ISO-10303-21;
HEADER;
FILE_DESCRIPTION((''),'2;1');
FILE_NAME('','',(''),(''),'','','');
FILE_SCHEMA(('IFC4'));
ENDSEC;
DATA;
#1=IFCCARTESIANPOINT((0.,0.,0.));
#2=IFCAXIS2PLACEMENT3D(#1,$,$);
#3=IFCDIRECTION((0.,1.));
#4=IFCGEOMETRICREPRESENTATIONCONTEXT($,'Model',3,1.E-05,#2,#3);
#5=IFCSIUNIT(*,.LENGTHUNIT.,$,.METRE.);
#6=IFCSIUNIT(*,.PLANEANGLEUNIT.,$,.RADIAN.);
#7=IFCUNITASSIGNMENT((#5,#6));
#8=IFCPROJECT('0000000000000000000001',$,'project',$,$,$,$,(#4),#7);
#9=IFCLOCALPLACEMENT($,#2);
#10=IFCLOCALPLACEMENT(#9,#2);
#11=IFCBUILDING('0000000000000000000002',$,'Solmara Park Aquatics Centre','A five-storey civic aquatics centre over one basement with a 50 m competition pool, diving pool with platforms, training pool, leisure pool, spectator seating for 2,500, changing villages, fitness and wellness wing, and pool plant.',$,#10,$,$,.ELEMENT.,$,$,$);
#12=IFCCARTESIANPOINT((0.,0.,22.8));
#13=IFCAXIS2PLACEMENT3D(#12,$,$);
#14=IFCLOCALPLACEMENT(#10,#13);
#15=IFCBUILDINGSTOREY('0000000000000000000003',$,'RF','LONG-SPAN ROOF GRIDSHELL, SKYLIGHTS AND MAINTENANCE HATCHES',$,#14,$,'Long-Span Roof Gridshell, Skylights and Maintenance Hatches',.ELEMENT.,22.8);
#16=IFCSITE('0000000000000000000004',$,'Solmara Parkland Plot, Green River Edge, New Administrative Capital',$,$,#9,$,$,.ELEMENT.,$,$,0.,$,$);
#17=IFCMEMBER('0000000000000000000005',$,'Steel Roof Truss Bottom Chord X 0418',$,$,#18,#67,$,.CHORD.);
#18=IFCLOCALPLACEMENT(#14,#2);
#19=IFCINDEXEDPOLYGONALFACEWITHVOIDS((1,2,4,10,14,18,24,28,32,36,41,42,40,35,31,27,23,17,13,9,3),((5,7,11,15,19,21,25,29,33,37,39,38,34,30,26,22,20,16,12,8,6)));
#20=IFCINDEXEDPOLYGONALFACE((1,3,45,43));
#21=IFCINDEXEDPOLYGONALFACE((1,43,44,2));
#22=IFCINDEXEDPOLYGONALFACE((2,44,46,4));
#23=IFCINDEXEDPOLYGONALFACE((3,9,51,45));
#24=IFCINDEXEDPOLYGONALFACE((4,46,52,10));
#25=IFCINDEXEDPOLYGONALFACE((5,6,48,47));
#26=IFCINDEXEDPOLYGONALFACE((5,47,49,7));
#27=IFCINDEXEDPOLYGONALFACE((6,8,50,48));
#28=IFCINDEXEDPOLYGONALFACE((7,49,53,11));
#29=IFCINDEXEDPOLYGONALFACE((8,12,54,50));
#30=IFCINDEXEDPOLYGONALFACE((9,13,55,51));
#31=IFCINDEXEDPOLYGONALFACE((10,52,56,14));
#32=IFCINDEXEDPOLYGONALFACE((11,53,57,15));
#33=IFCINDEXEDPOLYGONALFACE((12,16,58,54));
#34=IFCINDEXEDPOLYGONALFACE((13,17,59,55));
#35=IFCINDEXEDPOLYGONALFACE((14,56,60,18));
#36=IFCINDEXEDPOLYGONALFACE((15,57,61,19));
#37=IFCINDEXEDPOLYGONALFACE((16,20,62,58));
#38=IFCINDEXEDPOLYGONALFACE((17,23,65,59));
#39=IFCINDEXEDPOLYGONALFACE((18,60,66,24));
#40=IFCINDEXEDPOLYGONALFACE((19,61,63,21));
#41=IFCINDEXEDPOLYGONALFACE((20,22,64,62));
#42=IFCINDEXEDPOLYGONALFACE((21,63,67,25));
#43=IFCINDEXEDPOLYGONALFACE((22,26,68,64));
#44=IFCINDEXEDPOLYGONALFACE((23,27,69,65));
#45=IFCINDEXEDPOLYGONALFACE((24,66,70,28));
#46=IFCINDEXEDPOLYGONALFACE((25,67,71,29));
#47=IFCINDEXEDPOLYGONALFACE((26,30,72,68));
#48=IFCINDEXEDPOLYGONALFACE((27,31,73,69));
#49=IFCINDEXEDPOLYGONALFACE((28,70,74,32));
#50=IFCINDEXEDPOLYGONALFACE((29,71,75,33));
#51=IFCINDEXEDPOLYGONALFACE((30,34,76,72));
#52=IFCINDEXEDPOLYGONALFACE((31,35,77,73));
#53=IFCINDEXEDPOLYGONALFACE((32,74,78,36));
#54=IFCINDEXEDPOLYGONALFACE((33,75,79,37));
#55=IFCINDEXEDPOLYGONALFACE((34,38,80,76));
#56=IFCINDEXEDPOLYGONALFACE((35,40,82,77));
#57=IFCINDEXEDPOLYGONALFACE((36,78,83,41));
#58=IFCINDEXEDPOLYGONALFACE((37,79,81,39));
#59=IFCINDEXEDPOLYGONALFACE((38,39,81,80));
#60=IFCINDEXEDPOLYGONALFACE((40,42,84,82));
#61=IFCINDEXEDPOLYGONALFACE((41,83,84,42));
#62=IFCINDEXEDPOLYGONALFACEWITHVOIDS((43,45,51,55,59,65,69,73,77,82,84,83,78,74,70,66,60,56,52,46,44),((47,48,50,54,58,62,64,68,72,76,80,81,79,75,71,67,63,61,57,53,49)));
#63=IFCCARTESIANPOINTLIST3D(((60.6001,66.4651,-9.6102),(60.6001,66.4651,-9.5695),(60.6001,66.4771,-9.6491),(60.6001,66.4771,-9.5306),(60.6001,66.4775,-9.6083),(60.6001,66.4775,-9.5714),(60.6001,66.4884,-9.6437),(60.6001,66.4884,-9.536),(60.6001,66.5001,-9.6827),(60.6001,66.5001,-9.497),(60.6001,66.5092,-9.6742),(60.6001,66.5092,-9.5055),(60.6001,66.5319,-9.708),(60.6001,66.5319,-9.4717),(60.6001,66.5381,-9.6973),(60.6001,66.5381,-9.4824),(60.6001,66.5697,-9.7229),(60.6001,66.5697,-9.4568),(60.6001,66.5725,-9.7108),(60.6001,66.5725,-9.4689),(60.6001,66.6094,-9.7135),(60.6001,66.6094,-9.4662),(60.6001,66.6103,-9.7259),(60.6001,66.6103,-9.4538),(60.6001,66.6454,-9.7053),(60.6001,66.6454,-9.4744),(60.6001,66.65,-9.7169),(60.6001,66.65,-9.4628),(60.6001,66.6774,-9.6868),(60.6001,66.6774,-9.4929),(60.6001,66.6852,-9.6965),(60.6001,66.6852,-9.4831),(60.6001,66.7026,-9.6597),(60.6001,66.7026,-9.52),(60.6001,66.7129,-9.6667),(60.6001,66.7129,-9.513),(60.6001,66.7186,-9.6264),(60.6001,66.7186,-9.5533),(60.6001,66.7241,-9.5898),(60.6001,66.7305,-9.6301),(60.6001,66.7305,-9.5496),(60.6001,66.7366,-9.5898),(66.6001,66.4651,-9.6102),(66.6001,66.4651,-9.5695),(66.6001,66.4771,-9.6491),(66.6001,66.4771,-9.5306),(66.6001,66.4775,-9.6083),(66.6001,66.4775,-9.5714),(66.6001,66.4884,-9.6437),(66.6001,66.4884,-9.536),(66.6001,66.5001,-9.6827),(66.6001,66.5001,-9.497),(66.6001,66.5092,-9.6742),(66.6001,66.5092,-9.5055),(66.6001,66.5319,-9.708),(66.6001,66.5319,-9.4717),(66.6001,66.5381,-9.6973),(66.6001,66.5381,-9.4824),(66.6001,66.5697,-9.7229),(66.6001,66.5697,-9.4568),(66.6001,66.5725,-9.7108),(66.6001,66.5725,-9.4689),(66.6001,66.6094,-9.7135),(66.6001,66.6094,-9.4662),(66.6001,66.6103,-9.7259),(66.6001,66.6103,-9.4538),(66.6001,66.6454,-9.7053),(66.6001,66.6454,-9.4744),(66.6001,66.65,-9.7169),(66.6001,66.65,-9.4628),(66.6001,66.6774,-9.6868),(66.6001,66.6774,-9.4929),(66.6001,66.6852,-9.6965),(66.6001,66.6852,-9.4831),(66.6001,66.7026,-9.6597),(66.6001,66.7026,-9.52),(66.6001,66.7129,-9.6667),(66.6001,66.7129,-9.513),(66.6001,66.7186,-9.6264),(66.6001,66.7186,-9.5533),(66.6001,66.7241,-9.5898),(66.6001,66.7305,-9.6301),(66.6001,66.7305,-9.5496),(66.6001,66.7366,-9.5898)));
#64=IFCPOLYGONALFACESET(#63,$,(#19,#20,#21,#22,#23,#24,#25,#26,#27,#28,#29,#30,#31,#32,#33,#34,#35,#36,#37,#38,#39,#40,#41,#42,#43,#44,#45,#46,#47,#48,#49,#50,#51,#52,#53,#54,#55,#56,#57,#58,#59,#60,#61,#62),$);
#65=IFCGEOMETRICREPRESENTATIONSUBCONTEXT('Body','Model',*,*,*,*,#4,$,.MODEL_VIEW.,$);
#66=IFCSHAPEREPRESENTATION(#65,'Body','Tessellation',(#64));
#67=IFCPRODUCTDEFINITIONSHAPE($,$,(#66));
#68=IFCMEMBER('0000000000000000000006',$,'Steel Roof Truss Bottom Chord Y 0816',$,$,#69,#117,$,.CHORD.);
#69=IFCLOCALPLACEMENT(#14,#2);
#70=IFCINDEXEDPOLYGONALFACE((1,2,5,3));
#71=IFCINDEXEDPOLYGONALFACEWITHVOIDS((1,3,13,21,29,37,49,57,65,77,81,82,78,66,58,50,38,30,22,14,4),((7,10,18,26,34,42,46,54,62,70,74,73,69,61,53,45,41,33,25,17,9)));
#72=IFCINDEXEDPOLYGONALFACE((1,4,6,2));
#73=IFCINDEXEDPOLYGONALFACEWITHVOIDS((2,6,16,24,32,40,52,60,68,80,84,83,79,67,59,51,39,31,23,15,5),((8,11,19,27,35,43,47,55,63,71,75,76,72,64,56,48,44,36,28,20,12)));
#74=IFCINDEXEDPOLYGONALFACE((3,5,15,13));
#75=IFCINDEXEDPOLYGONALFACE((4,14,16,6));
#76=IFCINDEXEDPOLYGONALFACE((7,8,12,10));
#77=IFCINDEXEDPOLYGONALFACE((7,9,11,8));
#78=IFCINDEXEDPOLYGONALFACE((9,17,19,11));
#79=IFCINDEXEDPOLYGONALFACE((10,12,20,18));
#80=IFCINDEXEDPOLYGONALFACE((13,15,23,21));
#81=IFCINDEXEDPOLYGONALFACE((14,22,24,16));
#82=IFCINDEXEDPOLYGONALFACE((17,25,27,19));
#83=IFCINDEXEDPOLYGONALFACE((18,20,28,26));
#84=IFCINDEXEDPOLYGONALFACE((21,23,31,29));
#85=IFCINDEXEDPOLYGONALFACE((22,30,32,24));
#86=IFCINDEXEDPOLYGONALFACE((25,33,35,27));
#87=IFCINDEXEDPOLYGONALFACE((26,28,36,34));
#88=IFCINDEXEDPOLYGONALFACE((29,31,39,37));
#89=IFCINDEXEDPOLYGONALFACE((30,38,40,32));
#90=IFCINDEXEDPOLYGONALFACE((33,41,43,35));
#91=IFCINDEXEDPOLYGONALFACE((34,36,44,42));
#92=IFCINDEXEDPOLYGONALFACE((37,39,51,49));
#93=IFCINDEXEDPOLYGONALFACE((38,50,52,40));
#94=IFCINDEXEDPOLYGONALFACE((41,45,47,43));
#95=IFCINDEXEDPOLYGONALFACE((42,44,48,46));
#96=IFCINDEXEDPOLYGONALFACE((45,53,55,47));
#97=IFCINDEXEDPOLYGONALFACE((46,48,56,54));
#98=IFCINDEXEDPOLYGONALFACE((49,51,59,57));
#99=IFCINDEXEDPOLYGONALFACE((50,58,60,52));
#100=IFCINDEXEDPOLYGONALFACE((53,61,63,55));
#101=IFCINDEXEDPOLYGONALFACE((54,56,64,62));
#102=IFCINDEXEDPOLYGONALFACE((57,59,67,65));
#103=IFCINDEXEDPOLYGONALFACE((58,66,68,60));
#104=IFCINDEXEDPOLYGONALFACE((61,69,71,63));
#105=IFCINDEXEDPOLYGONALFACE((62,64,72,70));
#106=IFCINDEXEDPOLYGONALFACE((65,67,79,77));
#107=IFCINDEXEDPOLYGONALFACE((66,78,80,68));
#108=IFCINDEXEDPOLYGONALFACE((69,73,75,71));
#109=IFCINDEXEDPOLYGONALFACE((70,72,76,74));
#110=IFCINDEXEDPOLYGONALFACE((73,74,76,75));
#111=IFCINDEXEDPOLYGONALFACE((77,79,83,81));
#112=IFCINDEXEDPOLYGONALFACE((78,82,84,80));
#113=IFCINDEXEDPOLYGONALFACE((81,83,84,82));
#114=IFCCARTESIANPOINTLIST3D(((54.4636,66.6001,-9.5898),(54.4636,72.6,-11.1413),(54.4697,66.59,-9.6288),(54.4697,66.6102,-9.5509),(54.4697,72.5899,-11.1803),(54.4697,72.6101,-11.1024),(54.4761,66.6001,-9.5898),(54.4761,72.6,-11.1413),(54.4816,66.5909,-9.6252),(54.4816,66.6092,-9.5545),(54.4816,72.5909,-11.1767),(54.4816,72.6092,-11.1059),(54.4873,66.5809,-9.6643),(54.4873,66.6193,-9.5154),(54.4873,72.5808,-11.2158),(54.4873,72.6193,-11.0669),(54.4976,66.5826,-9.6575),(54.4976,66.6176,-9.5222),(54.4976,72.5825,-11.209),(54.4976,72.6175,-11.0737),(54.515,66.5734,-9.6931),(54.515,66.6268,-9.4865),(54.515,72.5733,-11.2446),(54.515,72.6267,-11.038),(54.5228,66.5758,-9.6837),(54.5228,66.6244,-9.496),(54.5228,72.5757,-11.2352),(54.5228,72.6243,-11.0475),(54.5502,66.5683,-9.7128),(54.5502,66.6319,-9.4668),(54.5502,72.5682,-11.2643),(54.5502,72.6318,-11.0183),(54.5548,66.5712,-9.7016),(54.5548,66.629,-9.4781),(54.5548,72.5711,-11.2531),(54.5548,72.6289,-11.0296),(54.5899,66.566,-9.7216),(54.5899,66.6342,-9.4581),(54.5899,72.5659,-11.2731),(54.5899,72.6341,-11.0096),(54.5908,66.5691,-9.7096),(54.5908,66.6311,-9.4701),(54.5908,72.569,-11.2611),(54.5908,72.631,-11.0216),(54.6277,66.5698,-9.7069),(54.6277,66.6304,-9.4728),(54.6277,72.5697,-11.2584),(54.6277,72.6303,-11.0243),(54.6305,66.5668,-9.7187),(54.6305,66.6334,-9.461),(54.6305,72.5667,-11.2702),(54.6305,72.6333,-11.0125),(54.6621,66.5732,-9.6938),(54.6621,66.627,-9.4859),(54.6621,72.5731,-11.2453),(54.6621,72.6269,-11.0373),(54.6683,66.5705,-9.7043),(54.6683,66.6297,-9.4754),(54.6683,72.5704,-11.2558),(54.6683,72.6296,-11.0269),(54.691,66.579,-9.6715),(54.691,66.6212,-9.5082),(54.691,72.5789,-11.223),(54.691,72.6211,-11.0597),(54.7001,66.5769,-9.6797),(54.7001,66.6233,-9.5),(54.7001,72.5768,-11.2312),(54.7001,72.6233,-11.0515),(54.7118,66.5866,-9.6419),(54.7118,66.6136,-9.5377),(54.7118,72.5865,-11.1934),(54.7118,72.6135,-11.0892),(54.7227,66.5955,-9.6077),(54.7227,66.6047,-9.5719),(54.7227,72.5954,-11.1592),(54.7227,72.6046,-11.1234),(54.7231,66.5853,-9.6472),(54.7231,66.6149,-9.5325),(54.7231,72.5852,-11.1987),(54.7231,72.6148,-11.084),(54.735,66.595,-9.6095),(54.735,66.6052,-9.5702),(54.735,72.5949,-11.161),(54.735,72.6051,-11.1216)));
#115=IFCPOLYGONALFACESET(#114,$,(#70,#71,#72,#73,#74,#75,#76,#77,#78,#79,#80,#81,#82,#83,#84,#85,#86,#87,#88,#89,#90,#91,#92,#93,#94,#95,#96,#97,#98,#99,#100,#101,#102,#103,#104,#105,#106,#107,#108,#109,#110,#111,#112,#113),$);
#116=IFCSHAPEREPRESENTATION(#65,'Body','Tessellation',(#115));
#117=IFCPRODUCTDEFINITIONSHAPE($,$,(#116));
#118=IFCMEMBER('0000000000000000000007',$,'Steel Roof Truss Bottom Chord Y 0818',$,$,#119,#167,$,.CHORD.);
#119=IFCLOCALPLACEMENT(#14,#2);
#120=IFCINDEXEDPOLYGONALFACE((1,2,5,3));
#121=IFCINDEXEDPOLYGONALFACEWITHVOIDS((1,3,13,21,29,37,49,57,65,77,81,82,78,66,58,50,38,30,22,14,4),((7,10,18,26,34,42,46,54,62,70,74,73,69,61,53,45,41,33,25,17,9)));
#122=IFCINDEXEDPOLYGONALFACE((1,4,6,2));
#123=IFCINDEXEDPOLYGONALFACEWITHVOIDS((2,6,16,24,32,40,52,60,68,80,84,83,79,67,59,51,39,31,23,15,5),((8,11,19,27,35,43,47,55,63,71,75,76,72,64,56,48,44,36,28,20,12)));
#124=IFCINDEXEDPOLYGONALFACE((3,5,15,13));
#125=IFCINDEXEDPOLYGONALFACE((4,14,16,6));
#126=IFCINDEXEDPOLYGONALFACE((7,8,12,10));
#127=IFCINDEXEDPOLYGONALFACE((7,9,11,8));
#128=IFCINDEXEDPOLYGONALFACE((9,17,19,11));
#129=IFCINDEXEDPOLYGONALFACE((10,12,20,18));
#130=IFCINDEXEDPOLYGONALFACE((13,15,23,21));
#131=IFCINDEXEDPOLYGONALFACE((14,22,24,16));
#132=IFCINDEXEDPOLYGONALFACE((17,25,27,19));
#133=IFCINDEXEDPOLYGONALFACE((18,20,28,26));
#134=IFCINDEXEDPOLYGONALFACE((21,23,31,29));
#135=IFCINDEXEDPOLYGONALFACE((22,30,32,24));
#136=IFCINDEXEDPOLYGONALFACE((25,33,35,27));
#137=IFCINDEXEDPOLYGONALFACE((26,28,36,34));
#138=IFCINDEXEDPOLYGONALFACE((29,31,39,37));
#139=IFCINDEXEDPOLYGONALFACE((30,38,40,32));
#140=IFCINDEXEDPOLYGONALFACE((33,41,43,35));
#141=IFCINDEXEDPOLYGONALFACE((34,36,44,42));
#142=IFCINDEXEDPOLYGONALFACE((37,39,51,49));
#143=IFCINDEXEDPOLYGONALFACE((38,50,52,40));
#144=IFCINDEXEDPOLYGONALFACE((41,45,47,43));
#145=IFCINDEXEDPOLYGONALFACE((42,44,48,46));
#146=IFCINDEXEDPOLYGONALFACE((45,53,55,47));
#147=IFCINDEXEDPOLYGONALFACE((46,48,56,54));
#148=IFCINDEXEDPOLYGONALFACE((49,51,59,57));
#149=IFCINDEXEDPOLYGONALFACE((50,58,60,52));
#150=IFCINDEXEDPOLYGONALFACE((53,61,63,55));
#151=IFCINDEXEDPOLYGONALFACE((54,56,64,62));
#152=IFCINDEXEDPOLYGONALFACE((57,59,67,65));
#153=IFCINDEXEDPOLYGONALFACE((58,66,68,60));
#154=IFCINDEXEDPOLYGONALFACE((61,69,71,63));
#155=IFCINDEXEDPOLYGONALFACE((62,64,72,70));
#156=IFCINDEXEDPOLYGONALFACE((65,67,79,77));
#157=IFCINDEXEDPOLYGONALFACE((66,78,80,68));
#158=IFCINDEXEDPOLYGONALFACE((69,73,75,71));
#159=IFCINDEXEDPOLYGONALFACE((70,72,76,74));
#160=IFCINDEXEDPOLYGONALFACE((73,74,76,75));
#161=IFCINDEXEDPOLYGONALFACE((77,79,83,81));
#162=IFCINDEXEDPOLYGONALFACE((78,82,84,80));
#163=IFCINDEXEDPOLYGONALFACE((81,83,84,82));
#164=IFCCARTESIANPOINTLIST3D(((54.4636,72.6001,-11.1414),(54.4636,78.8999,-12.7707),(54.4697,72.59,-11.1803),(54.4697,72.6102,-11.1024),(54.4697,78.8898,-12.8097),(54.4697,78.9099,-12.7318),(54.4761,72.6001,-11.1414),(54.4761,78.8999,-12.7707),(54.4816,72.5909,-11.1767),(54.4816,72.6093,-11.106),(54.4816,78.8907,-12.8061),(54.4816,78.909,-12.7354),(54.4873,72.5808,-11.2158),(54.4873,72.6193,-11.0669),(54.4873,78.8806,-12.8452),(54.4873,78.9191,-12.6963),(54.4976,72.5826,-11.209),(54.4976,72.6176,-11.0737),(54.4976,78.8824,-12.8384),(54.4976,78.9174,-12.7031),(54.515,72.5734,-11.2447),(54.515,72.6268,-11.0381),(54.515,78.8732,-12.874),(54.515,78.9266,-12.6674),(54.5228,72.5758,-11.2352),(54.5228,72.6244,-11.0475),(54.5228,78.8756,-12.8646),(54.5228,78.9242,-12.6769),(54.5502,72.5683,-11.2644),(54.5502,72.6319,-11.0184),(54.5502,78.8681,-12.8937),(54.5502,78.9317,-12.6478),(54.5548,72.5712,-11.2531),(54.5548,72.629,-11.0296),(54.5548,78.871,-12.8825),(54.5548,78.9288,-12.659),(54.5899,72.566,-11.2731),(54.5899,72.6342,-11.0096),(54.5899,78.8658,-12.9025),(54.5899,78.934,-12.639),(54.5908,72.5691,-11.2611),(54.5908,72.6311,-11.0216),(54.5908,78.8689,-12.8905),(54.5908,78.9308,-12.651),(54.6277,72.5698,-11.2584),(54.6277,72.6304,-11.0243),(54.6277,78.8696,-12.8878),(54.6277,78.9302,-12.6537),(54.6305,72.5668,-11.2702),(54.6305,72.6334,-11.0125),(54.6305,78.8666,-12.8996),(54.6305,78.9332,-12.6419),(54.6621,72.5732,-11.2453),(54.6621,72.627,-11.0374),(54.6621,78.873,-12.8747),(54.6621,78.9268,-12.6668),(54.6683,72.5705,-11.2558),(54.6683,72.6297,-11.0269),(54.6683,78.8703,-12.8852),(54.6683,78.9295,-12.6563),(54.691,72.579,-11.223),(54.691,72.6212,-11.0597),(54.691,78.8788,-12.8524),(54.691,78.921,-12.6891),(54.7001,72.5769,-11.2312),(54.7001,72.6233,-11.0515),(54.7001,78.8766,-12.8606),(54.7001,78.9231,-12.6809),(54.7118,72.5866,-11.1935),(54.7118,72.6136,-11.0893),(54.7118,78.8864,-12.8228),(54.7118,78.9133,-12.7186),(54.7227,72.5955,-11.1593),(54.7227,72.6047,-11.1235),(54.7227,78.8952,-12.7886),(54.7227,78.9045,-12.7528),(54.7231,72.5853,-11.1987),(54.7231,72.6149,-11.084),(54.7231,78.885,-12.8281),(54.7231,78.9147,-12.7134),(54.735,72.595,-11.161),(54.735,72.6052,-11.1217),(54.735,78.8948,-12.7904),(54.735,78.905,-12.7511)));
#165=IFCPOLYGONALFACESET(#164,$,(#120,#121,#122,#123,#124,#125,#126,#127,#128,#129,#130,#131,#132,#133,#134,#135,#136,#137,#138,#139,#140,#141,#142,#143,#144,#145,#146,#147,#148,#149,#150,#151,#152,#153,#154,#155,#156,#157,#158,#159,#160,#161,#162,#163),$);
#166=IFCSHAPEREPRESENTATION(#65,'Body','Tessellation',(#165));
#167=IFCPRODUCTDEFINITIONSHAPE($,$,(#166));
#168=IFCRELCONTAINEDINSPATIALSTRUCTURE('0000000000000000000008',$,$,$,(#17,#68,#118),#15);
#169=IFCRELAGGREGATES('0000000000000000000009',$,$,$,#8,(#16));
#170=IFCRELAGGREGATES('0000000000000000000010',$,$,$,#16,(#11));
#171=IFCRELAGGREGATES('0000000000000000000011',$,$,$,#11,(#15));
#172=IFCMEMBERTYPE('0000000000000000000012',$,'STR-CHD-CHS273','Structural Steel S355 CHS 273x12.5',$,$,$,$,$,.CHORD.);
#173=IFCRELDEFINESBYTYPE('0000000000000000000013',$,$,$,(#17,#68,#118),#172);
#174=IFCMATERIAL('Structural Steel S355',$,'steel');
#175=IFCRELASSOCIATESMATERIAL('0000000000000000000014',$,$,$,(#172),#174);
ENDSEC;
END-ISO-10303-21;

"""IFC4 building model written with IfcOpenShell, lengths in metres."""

from ifc_helpers import new_model, si_unit, direction, frame, origin, origin_2d, place, context, subcontext, project, spatial, hollow_circle, extrude, material, material_profile, profile_set, type_object, element, save


model = new_model("IFC4")

# Units and contexts
model_context = context("Model", 3, precision=1e-05, world=origin(), true_north=direction((0.0, 1.0)))
body_context = subcontext(model_context, "Body", "Model", "MODEL_VIEW")
ifc_project = project(units=[si_unit("LENGTHUNIT", "METRE"), si_unit("PLANEANGLEUNIT", "RADIAN")], contexts=[model_context])

# Site, building, storey
site_placement = place(None, origin())
site = spatial("IfcSite", under=ifc_project, at=site_placement, Name="Solmara Parkland Plot, Green River Edge, New Administrative Capital", CompositionType="ELEMENT", RefElevation=0.0)
building_placement = place(site_placement, origin())
building = spatial("IfcBuilding", under=site, at=building_placement, Name="Solmara Park Aquatics Centre", Description="A five-storey civic aquatics centre over one basement with a 50 m competition pool, diving pool with platforms, training pool, leisure pool, spectator seating for 2,500, changing villages, fitness and wellness wing, and pool plant.", CompositionType="ELEMENT")
storey_placement = place(building_placement, frame((0.0, 0.0, 22.8)))
storey = spatial("IfcBuildingStorey", under=building, at=storey_placement, Name="RF", Description="LONG-SPAN ROOF GRIDSHELL, SKYLIGHTS AND MAINTENANCE HATCHES", LongName="Long-Span Roof Gridshell, Skylights and Maintenance Hatches", CompositionType="ELEMENT", Elevation=22.8)

# Members
ifc_material_1 = material(Name="Structural Steel S355", Category="steel")
ifc_material_profile_1 = material_profile(ifc_material_1, hollow_circle(Radius=0.1365, WallThickness=0.0125, at=origin_2d()), Name="CHS 273x12.5")
ifc_profile_set_1 = profile_set([ifc_material_profile_1], Name="Structural Steel S355")
member_type_1 = type_object("IfcMemberType", Name="STR-CHD-CHS273", Description="Structural Steel S355 CHS 273x12.5", PredefinedType="CHORD", material=ifc_profile_set_1)
for number, where, z_axis, x_axis, name in (
    (1, (60.6001, 66.6001, -9.5898), (1.0, 0.0, 0.0), (0.0, 1.0, 0.0), "Steel Roof Truss Bottom Chord X 0418"),
):
    element("IfcMember", number, at=place(storey_placement, frame(where, z_axis=z_axis, x_axis=x_axis)), inside=storey, type_object=member_type_1, Name=name, PredefinedType="CHORD", context=body_context, shape_type="SweptSolid", body=[
        extrude(hollow_circle(Radius=0.1365, WallThickness=0.0125, at=origin_2d()), origin(), (0.0, 0.0, 1.0), 6.0),
    ])
member_1_placement = place(storey_placement, frame((54.6001, 66.6001, -9.5898), z_axis=(0.0, 0.968155, -0.250351), x_axis=(-1.0, 0.0, 0.0)))
element("IfcMember", 2, at=member_1_placement, inside=storey, type_object=member_type_1, Name="Steel Roof Truss Bottom Chord Y 0816", PredefinedType="CHORD", context=body_context, shape_type="SweptSolid", body=[
    extrude(hollow_circle(Radius=0.1365, WallThickness=0.0125, at=origin_2d()), origin(), (0.0, 0.0, 1.0), 6.1973),
])
member_2_placement = place(storey_placement, frame((54.6001, 72.6001, -11.1414), z_axis=(0.0, 0.968142, -0.250402), x_axis=(-1.0, 0.0, 0.0)))
element("IfcMember", 3, at=member_2_placement, inside=storey, type_object=member_type_1, Name="Steel Roof Truss Bottom Chord Y 0818", PredefinedType="CHORD", context=body_context, shape_type="SweptSolid", body=[
    extrude(hollow_circle(Radius=0.1365, WallThickness=0.0125, at=origin_2d()), origin(), (0.0, 0.0, 1.0), 6.5071),
])

save(model, "model.ifc")
